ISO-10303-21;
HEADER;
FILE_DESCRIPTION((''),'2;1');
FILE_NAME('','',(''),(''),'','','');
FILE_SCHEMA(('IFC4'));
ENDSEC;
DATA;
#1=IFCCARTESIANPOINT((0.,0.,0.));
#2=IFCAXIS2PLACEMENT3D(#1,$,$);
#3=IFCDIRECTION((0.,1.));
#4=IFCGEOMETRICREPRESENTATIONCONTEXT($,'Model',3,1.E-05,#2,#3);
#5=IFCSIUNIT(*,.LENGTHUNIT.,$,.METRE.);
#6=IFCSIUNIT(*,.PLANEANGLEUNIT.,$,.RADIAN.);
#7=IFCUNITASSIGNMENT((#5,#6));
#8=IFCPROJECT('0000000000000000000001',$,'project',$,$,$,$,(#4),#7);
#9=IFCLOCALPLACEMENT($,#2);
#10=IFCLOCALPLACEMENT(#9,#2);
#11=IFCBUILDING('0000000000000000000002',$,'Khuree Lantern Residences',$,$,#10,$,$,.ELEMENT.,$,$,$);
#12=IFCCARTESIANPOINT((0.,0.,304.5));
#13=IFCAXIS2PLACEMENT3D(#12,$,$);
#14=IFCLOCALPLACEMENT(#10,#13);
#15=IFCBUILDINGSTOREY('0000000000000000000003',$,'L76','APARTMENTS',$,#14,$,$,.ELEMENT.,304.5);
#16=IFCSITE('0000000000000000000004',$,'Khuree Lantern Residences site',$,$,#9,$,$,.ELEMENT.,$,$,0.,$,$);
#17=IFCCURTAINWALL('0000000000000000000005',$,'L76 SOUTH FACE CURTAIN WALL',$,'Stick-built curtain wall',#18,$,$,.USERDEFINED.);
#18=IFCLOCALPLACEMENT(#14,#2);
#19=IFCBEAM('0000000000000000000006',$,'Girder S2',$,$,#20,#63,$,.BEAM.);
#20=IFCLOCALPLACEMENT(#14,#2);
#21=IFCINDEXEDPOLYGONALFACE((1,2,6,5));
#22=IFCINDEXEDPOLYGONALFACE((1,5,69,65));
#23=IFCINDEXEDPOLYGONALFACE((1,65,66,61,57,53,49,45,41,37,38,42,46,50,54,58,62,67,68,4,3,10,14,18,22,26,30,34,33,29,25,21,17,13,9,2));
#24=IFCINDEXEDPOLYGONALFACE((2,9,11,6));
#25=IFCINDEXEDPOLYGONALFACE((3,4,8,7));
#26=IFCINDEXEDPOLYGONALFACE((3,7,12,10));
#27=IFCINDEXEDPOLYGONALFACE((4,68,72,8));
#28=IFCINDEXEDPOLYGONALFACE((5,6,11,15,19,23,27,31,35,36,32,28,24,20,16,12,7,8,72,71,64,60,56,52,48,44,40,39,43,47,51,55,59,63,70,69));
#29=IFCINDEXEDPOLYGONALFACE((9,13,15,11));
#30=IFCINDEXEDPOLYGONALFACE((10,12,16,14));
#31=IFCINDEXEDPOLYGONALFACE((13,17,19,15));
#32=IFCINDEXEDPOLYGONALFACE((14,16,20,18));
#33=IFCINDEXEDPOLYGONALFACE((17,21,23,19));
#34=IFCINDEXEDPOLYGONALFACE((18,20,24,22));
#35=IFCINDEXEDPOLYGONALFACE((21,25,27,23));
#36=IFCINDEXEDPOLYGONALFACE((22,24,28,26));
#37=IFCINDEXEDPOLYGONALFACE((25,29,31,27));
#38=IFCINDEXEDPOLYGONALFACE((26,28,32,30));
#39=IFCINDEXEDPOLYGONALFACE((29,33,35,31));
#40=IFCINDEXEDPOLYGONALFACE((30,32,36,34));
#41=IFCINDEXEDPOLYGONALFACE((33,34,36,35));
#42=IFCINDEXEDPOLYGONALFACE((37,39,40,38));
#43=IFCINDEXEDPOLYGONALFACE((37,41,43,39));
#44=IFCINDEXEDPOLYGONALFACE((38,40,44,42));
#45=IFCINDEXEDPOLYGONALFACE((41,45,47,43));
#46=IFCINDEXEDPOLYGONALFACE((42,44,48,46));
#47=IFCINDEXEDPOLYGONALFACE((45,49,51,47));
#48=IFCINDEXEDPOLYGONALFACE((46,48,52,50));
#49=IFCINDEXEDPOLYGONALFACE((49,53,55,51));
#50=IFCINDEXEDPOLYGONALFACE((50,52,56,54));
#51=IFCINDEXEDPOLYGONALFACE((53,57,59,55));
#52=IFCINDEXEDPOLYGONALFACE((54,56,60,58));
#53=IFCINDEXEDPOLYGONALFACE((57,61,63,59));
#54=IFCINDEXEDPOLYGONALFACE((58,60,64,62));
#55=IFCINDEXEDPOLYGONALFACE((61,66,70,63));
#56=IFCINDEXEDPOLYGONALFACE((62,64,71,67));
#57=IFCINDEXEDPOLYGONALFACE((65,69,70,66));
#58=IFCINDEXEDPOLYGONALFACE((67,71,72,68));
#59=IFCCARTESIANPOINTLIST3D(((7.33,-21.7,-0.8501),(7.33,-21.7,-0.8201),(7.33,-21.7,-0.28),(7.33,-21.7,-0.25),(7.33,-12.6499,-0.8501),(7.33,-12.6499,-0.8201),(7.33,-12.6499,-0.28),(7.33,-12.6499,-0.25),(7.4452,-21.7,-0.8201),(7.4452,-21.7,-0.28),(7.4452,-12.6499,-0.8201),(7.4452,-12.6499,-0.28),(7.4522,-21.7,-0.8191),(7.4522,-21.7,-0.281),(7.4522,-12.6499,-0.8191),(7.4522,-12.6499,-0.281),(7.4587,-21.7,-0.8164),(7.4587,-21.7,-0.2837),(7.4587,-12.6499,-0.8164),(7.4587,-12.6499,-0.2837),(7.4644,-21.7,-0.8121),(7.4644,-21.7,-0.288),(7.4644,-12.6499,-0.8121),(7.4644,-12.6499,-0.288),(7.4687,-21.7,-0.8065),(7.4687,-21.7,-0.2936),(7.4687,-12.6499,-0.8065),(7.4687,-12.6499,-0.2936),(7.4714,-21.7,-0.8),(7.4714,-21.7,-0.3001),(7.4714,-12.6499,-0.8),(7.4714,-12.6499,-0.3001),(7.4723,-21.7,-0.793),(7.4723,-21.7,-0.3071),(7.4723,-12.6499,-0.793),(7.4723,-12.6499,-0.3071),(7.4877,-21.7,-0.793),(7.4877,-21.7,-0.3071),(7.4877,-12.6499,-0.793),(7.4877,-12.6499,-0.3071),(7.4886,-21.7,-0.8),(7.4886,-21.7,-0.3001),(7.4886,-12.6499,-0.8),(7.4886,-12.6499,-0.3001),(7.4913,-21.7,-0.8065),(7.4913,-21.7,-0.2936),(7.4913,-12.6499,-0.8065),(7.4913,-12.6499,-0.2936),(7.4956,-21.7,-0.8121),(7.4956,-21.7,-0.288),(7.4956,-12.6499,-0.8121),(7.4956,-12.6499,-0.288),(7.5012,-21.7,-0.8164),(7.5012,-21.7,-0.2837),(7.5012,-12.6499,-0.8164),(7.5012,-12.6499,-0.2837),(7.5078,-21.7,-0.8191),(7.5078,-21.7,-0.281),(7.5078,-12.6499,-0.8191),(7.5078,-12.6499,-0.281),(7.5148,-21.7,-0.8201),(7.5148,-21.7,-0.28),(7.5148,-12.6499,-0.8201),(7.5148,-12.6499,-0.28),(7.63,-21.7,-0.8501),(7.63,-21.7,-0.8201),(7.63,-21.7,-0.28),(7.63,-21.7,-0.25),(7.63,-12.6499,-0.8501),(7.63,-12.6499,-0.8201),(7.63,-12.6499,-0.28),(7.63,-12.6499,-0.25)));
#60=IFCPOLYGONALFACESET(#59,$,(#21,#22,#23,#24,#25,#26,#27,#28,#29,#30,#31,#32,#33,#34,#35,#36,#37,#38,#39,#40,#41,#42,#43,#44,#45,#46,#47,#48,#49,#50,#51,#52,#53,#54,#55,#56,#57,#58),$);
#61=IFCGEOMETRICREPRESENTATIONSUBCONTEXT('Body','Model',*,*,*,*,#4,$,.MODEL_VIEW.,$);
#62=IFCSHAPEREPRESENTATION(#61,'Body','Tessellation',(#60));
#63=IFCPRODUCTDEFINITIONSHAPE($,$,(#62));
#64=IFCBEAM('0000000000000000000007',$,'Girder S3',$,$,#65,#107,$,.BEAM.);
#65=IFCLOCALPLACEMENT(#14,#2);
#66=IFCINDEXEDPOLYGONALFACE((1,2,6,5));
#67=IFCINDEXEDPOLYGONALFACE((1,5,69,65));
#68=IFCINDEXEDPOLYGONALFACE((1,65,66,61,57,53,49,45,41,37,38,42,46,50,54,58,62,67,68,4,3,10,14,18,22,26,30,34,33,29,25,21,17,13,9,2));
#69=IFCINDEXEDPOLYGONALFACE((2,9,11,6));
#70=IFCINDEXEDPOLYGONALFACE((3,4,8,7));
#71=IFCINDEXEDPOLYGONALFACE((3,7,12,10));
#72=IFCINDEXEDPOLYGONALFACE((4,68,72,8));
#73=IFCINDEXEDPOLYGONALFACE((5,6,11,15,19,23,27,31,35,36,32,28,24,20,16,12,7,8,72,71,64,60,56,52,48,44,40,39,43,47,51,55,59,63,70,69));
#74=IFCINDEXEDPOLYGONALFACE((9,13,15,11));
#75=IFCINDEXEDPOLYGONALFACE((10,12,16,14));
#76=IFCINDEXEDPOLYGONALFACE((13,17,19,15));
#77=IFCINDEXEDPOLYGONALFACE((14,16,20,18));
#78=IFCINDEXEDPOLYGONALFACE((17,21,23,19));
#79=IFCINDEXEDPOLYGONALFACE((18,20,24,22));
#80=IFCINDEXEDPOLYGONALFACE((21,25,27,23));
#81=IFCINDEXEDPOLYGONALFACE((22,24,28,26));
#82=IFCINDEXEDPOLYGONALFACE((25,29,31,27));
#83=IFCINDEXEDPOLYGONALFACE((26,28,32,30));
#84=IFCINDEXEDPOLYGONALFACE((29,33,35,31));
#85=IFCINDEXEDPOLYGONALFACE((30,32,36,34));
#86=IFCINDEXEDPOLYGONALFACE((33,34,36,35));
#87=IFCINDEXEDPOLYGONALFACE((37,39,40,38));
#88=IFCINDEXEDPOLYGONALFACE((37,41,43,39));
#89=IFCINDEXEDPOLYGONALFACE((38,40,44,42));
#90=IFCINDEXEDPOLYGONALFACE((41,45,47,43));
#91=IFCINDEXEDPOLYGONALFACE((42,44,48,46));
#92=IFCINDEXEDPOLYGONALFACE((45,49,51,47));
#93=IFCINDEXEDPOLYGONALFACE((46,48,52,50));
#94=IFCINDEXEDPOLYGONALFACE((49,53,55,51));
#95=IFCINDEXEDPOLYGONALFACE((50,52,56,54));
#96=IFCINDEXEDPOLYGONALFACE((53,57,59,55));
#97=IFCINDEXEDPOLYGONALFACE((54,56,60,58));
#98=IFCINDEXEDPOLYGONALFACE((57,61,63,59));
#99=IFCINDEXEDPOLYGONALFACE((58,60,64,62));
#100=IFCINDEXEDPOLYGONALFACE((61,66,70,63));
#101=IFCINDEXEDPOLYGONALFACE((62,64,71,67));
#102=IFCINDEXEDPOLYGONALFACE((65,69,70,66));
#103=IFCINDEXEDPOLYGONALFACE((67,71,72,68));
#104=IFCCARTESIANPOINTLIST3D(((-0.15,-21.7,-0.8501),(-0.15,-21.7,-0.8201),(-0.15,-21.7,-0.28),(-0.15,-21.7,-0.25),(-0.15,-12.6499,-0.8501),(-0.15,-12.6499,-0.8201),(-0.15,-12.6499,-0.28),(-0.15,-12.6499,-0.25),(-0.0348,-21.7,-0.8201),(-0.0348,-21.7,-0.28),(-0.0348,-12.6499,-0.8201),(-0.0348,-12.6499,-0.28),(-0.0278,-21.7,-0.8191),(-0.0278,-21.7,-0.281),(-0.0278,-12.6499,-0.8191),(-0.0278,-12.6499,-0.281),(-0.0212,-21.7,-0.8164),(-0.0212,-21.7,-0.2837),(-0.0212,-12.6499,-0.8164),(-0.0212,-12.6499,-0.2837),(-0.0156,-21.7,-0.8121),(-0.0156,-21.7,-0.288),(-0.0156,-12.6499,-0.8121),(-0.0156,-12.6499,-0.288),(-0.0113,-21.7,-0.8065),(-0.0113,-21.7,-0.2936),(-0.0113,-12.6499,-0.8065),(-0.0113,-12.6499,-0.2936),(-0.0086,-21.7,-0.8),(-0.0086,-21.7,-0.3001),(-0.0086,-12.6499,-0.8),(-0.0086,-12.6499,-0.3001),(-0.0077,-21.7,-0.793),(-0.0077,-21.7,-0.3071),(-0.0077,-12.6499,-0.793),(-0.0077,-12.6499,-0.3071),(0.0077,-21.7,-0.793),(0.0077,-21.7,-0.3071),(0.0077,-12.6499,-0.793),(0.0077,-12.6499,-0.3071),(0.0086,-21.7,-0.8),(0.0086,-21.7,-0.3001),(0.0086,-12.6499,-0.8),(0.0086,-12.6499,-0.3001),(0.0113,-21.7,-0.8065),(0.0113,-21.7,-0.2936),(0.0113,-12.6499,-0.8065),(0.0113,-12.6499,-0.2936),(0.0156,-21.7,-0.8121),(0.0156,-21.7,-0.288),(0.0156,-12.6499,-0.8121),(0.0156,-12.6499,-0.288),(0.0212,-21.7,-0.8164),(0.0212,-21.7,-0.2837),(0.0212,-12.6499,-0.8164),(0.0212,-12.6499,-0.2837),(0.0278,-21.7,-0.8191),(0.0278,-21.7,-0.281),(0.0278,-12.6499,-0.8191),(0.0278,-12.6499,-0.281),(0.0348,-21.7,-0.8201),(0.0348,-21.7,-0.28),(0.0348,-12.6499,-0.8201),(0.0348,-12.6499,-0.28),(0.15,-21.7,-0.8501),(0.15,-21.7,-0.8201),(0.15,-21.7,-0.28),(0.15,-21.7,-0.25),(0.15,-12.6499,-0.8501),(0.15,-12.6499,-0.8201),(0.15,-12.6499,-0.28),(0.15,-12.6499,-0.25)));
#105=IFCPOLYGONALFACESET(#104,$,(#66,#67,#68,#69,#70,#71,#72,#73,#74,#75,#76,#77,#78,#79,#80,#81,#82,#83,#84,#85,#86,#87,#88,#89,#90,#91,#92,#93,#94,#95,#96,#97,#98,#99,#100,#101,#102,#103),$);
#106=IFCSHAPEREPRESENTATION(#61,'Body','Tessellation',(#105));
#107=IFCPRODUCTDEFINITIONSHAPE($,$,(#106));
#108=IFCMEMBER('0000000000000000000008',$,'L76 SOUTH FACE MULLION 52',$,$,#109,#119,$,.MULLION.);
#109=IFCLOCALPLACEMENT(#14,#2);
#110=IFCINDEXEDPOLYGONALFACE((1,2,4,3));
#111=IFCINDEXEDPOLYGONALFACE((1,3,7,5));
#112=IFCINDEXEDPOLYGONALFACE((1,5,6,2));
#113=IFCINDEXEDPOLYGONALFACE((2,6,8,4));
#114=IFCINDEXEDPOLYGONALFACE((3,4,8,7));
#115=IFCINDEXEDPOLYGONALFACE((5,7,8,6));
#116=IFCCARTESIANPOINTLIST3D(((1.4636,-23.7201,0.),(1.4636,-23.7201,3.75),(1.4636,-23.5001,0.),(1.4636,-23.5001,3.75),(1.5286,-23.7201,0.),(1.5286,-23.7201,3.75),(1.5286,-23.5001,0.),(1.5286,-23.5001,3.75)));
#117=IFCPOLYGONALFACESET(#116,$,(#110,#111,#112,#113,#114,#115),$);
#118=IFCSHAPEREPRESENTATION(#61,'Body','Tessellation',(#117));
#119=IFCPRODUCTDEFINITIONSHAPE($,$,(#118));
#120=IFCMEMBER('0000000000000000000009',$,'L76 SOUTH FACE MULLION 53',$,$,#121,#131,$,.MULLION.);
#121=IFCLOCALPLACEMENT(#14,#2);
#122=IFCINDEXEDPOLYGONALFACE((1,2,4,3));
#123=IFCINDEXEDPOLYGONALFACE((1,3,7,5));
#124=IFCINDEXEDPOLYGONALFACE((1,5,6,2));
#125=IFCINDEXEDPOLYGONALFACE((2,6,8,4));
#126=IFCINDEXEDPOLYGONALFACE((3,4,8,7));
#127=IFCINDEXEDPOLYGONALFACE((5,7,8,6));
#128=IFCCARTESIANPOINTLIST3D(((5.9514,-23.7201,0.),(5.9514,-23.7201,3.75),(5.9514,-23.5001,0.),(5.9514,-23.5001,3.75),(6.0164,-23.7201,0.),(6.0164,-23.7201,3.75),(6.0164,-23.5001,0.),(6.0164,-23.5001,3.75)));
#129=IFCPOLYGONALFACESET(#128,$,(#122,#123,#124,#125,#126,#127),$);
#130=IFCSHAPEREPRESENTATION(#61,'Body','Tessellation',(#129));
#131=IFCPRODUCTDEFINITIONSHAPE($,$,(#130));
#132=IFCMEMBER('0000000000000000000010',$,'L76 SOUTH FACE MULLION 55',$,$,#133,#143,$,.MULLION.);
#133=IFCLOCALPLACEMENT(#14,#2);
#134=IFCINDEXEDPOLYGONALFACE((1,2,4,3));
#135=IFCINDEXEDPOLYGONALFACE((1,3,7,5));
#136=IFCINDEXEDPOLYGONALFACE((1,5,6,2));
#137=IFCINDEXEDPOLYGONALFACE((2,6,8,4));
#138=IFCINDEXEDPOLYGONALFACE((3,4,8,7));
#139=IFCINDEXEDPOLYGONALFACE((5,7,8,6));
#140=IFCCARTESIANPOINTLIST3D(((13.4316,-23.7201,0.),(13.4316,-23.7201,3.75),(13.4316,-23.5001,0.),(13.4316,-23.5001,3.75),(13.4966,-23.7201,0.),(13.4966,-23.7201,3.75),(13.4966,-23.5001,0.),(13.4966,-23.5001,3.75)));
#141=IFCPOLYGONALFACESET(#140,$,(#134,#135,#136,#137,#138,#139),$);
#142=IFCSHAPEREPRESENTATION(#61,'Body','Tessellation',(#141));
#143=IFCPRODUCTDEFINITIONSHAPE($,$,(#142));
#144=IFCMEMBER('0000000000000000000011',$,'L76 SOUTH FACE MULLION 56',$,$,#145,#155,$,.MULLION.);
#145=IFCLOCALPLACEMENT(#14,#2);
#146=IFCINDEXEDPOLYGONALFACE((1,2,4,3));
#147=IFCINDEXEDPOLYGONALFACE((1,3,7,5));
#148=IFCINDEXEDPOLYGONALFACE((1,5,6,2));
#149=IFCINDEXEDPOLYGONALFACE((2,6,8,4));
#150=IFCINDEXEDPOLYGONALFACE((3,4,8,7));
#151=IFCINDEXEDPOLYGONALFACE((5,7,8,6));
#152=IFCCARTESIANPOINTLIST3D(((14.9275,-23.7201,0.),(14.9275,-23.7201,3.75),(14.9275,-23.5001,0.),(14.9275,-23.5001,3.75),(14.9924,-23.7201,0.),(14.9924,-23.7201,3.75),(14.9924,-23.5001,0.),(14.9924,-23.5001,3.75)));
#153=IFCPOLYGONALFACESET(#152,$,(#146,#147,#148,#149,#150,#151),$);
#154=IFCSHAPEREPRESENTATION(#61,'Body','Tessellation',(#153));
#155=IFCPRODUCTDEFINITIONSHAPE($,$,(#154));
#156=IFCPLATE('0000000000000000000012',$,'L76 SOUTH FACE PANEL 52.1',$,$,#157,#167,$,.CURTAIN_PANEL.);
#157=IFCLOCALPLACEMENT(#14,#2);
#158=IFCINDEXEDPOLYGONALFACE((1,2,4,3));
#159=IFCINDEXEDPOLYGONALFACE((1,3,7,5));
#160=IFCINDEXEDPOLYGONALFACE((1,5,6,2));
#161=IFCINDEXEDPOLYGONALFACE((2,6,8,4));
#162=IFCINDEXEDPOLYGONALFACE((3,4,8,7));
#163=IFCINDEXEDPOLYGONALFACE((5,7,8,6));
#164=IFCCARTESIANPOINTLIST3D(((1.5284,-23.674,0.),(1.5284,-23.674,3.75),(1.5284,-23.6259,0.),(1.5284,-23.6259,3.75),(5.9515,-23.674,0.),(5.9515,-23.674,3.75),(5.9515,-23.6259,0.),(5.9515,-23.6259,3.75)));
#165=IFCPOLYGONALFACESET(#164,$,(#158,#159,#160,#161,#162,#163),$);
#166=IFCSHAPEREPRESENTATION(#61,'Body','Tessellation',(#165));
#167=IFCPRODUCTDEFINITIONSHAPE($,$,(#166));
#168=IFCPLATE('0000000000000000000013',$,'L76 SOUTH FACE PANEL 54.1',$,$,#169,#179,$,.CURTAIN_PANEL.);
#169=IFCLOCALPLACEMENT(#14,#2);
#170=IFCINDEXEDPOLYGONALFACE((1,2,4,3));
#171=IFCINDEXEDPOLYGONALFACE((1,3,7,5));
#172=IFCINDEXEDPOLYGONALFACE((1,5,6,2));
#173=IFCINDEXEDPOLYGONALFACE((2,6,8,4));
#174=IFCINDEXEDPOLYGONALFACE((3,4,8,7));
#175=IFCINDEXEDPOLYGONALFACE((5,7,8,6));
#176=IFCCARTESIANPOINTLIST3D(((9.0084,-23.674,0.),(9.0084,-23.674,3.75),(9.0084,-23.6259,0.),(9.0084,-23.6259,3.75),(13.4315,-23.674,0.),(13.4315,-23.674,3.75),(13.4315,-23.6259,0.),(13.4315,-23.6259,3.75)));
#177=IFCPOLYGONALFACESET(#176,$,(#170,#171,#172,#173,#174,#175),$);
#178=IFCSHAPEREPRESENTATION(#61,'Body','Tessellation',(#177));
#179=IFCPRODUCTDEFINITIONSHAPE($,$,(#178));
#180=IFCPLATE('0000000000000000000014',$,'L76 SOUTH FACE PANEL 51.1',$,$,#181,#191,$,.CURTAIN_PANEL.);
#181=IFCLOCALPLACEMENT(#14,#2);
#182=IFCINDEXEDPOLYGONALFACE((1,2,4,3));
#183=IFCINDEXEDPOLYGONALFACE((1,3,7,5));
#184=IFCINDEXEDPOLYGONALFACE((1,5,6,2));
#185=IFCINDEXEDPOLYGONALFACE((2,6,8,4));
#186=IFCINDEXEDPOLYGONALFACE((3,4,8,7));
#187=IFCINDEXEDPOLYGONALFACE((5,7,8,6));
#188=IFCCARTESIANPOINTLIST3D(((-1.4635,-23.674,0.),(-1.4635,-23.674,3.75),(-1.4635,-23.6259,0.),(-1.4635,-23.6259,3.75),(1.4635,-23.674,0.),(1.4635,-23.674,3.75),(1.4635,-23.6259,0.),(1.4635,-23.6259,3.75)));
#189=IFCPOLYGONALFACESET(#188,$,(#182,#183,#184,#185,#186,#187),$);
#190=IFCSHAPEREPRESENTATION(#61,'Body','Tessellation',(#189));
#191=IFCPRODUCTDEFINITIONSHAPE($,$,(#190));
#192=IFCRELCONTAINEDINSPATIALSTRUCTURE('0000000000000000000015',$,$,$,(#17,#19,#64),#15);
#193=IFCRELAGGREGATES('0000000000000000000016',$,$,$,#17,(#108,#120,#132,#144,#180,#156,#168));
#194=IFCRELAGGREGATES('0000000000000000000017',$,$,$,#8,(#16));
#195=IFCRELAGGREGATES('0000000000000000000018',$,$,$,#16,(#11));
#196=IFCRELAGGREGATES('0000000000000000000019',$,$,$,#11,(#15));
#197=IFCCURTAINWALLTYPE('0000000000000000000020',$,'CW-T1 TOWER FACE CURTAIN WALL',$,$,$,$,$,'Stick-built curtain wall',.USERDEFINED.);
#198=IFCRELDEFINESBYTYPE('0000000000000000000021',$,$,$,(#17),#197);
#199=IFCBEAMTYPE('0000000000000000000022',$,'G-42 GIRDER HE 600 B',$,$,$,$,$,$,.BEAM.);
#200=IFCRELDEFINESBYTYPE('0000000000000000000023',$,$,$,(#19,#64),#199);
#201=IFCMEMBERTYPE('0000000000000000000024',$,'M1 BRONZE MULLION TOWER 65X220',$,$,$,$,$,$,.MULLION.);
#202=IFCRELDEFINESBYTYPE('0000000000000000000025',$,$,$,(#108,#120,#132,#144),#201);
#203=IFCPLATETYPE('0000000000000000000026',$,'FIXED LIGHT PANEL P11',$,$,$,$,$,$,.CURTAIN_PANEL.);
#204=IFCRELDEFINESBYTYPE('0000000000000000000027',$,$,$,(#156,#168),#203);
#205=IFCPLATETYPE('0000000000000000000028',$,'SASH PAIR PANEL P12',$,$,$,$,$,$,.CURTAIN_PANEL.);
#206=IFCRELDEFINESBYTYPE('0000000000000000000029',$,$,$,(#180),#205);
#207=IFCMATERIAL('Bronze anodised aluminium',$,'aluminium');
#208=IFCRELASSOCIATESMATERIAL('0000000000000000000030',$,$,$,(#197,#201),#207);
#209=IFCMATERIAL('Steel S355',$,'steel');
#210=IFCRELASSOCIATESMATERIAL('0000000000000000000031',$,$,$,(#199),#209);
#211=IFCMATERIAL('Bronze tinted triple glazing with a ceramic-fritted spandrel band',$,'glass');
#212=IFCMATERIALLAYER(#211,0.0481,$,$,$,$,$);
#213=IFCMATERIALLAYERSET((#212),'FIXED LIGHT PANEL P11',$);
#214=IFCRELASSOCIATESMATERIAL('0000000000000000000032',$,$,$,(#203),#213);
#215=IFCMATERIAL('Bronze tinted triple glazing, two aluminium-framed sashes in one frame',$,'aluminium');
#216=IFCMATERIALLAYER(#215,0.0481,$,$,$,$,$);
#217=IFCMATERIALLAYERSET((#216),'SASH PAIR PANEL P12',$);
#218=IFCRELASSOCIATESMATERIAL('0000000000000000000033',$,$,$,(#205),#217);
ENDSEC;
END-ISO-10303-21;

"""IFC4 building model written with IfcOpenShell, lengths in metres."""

from ifc_helpers import new_model, si_unit, direction, frame, origin, origin_2d, place, context, subcontext, project, spatial, rectangle, i_section, extrude, material, layer, layer_set, material_profile, profile_set, type_object, element, aggregate, save


model = new_model("IFC4")

# Units and contexts
model_context = context("Model", 3, precision=1e-05, world=origin(), true_north=direction((0.0, 1.0)))
body_context = subcontext(model_context, "Body", "Model", "MODEL_VIEW")
ifc_project = project(units=[si_unit("LENGTHUNIT", "METRE"), si_unit("PLANEANGLEUNIT", "RADIAN")], contexts=[model_context])

# Site, building, storey
site_placement = place(None, origin())
site = spatial("IfcSite", under=ifc_project, at=site_placement, Name="Khuree Lantern Residences site", CompositionType="ELEMENT", RefElevation=0.0)
building_placement = place(site_placement, origin())
building = spatial("IfcBuilding", under=site, at=building_placement, Name="Khuree Lantern Residences", CompositionType="ELEMENT")
storey_placement = place(building_placement, frame((0.0, 0.0, 304.5)))
storey = spatial("IfcBuildingStorey", under=building, at=storey_placement, Name="L76", Description="APARTMENTS", CompositionType="ELEMENT", Elevation=304.5)

# Shared definitions
ifc_material_1 = material(Name="Steel S355", Category="steel")

# Curtain wall
ifc_material_2 = material(Name="Bronze anodised aluminium", Category="aluminium")
curtain_wall_type = type_object("IfcCurtainWallType", Name="CW-T1 TOWER FACE CURTAIN WALL", ElementType="Stick-built curtain wall", PredefinedType="USERDEFINED", material=ifc_material_2)
curtain_wall_placement = place(storey_placement, origin())
curtain_wall = element("IfcCurtainWall", 1, at=curtain_wall_placement, inside=storey, type_object=curtain_wall_type, Name="L76 SOUTH FACE CURTAIN WALL", ObjectType="Stick-built curtain wall", PredefinedType="USERDEFINED")

# Beams
ifc_material_profile_1 = material_profile(ifc_material_1, i_section(OverallWidth=0.3, OverallDepth=0.6001, WebThickness=0.0154, FlangeThickness=0.03, FilletRadius=0.0271, at=origin_2d()), Name="HE 600 B")
ifc_profile_set_1 = profile_set([ifc_material_profile_1], Name="Steel S355")
beam_type_1 = type_object("IfcBeamType", Name="G-42 GIRDER HE 600 B", PredefinedType="BEAM", material=ifc_profile_set_1)
for number, where, z_axis, x_axis, name in (
    (2, (7.48, -21.7, -0.55), (0.0, 1.0, 0.0), (-1.0, 0.0, 0.0), "Girder S2"),
    (3, (0.0, -21.7, -0.55), (0.0, 1.0, 0.0), (-1.0, 0.0, 0.0), "Girder S3"),
):
    element("IfcBeam", number, at=place(storey_placement, frame(where, z_axis=z_axis, x_axis=x_axis)), inside=storey, type_object=beam_type_1, Name=name, PredefinedType="BEAM", context=body_context, shape_type="SweptSolid", body=[
        extrude(i_section(OverallWidth=0.3, OverallDepth=0.6001, WebThickness=0.0154, FlangeThickness=0.03, FilletRadius=0.0271, at=origin_2d()), origin(), (0.0, 0.0, 1.0), 9.05),
    ])

# Members
ifc_material_profile_2 = material_profile(ifc_material_2, rectangle(XDim=0.0649, YDim=0.22, at=origin_2d()), Name="M1 65X220")
ifc_profile_set_2 = profile_set([ifc_material_profile_2], Name="Bronze anodised aluminium")
member_type_1 = type_object("IfcMemberType", Name="M1 BRONZE MULLION TOWER 65X220", PredefinedType="MULLION", material=ifc_profile_set_2)
member_1_placement = place(storey_placement, frame((1.4961, -23.6101, 0.0), z_axis=(0.0, 0.0, 1.0), x_axis=(1.0, 0.0, 0.0)))
member_1 = element("IfcMember", 4, at=member_1_placement, type_object=member_type_1, Name="L76 SOUTH FACE MULLION 52", PredefinedType="MULLION", context=body_context, shape_type="SweptSolid", body=[
    extrude(rectangle(XDim=0.0649, YDim=0.22, at=origin_2d()), origin(), (0.0, 0.0, 1.0), 3.75),
])
member_2_placement = place(storey_placement, frame((5.9839, -23.6101, 0.0), z_axis=(0.0, 0.0, 1.0), x_axis=(1.0, 0.0, 0.0)))
member_2 = element("IfcMember", 5, at=member_2_placement, type_object=member_type_1, Name="L76 SOUTH FACE MULLION 53", PredefinedType="MULLION", context=body_context, shape_type="SweptSolid", body=[
    extrude(rectangle(XDim=0.0649, YDim=0.22, at=origin_2d()), origin(), (0.0, 0.0, 1.0), 3.75),
])
member_3_placement = place(storey_placement, frame((13.4641, -23.6101, 0.0), z_axis=(0.0, 0.0, 1.0), x_axis=(1.0, 0.0, 0.0)))
member_3 = element("IfcMember", 6, at=member_3_placement, type_object=member_type_1, Name="L76 SOUTH FACE MULLION 55", PredefinedType="MULLION", context=body_context, shape_type="SweptSolid", body=[
    extrude(rectangle(XDim=0.0649, YDim=0.22, at=origin_2d()), origin(), (0.0, 0.0, 1.0), 3.75),
])
member_4_placement = place(storey_placement, frame((14.96, -23.6101, 0.0), z_axis=(0.0, 0.0, 1.0), x_axis=(1.0, 0.0, 0.0)))
member_4 = element("IfcMember", 7, at=member_4_placement, type_object=member_type_1, Name="L76 SOUTH FACE MULLION 56", PredefinedType="MULLION", context=body_context, shape_type="SweptSolid", body=[
    extrude(rectangle(XDim=0.0649, YDim=0.22, at=origin_2d()), origin(), (0.0, 0.0, 1.0), 3.75),
])

# Plates
ifc_material_3 = material(Name="Bronze tinted triple glazing with a ceramic-fritted spandrel band", Category="glass")
ifc_layer_1 = layer(ifc_material_3, 0.0481)
ifc_layer_set_1 = layer_set([ifc_layer_1], Name="FIXED LIGHT PANEL P11")
plate_type_1 = type_object("IfcPlateType", Name="FIXED LIGHT PANEL P11", PredefinedType="CURTAIN_PANEL", material=ifc_layer_set_1)
plate_1_placement = place(storey_placement, frame((3.74, -23.6499, 0.0), z_axis=(0.0, 0.0, 1.0), x_axis=(1.0, 0.0, 0.0)))
plate_1 = element("IfcPlate", 8, at=plate_1_placement, type_object=plate_type_1, Name="L76 SOUTH FACE PANEL 52.1", PredefinedType="CURTAIN_PANEL", context=body_context, shape_type="SweptSolid", body=[
    extrude(rectangle(XDim=4.4231, YDim=0.0481, at=origin_2d()), origin(), (0.0, 0.0, 1.0), 3.75),
])
plate_2_placement = place(storey_placement, frame((11.22, -23.6499, 0.0), z_axis=(0.0, 0.0, 1.0), x_axis=(1.0, 0.0, 0.0)))
plate_2 = element("IfcPlate", 9, at=plate_2_placement, type_object=plate_type_1, Name="L76 SOUTH FACE PANEL 54.1", PredefinedType="CURTAIN_PANEL", context=body_context, shape_type="SweptSolid", body=[
    extrude(rectangle(XDim=4.4231, YDim=0.0481, at=origin_2d()), origin(), (0.0, 0.0, 1.0), 3.75),
])
ifc_material_4 = material(Name="Bronze tinted triple glazing, two aluminium-framed sashes in one frame", Category="aluminium")
ifc_layer_2 = layer(ifc_material_4, 0.0481)
ifc_layer_set_2 = layer_set([ifc_layer_2], Name="SASH PAIR PANEL P12")
plate_type_2 = type_object("IfcPlateType", Name="SASH PAIR PANEL P12", PredefinedType="CURTAIN_PANEL", material=ifc_layer_set_2)
plate_3_placement = place(storey_placement, frame((0.0, -23.6499, 0.0), z_axis=(0.0, 0.0, 1.0), x_axis=(1.0, 0.0, 0.0)))
plate_3 = element("IfcPlate", 10, at=plate_3_placement, type_object=plate_type_2, Name="L76 SOUTH FACE PANEL 51.1", PredefinedType="CURTAIN_PANEL", context=body_context, shape_type="SweptSolid", body=[
    extrude(rectangle(XDim=2.927, YDim=0.0481, at=origin_2d()), origin(), (0.0, 0.0, 1.0), 3.75),
])
aggregate(curtain_wall, [member_1, member_2, member_3, member_4, plate_3, plate_1, plate_2])

save(model, "model.ifc")
